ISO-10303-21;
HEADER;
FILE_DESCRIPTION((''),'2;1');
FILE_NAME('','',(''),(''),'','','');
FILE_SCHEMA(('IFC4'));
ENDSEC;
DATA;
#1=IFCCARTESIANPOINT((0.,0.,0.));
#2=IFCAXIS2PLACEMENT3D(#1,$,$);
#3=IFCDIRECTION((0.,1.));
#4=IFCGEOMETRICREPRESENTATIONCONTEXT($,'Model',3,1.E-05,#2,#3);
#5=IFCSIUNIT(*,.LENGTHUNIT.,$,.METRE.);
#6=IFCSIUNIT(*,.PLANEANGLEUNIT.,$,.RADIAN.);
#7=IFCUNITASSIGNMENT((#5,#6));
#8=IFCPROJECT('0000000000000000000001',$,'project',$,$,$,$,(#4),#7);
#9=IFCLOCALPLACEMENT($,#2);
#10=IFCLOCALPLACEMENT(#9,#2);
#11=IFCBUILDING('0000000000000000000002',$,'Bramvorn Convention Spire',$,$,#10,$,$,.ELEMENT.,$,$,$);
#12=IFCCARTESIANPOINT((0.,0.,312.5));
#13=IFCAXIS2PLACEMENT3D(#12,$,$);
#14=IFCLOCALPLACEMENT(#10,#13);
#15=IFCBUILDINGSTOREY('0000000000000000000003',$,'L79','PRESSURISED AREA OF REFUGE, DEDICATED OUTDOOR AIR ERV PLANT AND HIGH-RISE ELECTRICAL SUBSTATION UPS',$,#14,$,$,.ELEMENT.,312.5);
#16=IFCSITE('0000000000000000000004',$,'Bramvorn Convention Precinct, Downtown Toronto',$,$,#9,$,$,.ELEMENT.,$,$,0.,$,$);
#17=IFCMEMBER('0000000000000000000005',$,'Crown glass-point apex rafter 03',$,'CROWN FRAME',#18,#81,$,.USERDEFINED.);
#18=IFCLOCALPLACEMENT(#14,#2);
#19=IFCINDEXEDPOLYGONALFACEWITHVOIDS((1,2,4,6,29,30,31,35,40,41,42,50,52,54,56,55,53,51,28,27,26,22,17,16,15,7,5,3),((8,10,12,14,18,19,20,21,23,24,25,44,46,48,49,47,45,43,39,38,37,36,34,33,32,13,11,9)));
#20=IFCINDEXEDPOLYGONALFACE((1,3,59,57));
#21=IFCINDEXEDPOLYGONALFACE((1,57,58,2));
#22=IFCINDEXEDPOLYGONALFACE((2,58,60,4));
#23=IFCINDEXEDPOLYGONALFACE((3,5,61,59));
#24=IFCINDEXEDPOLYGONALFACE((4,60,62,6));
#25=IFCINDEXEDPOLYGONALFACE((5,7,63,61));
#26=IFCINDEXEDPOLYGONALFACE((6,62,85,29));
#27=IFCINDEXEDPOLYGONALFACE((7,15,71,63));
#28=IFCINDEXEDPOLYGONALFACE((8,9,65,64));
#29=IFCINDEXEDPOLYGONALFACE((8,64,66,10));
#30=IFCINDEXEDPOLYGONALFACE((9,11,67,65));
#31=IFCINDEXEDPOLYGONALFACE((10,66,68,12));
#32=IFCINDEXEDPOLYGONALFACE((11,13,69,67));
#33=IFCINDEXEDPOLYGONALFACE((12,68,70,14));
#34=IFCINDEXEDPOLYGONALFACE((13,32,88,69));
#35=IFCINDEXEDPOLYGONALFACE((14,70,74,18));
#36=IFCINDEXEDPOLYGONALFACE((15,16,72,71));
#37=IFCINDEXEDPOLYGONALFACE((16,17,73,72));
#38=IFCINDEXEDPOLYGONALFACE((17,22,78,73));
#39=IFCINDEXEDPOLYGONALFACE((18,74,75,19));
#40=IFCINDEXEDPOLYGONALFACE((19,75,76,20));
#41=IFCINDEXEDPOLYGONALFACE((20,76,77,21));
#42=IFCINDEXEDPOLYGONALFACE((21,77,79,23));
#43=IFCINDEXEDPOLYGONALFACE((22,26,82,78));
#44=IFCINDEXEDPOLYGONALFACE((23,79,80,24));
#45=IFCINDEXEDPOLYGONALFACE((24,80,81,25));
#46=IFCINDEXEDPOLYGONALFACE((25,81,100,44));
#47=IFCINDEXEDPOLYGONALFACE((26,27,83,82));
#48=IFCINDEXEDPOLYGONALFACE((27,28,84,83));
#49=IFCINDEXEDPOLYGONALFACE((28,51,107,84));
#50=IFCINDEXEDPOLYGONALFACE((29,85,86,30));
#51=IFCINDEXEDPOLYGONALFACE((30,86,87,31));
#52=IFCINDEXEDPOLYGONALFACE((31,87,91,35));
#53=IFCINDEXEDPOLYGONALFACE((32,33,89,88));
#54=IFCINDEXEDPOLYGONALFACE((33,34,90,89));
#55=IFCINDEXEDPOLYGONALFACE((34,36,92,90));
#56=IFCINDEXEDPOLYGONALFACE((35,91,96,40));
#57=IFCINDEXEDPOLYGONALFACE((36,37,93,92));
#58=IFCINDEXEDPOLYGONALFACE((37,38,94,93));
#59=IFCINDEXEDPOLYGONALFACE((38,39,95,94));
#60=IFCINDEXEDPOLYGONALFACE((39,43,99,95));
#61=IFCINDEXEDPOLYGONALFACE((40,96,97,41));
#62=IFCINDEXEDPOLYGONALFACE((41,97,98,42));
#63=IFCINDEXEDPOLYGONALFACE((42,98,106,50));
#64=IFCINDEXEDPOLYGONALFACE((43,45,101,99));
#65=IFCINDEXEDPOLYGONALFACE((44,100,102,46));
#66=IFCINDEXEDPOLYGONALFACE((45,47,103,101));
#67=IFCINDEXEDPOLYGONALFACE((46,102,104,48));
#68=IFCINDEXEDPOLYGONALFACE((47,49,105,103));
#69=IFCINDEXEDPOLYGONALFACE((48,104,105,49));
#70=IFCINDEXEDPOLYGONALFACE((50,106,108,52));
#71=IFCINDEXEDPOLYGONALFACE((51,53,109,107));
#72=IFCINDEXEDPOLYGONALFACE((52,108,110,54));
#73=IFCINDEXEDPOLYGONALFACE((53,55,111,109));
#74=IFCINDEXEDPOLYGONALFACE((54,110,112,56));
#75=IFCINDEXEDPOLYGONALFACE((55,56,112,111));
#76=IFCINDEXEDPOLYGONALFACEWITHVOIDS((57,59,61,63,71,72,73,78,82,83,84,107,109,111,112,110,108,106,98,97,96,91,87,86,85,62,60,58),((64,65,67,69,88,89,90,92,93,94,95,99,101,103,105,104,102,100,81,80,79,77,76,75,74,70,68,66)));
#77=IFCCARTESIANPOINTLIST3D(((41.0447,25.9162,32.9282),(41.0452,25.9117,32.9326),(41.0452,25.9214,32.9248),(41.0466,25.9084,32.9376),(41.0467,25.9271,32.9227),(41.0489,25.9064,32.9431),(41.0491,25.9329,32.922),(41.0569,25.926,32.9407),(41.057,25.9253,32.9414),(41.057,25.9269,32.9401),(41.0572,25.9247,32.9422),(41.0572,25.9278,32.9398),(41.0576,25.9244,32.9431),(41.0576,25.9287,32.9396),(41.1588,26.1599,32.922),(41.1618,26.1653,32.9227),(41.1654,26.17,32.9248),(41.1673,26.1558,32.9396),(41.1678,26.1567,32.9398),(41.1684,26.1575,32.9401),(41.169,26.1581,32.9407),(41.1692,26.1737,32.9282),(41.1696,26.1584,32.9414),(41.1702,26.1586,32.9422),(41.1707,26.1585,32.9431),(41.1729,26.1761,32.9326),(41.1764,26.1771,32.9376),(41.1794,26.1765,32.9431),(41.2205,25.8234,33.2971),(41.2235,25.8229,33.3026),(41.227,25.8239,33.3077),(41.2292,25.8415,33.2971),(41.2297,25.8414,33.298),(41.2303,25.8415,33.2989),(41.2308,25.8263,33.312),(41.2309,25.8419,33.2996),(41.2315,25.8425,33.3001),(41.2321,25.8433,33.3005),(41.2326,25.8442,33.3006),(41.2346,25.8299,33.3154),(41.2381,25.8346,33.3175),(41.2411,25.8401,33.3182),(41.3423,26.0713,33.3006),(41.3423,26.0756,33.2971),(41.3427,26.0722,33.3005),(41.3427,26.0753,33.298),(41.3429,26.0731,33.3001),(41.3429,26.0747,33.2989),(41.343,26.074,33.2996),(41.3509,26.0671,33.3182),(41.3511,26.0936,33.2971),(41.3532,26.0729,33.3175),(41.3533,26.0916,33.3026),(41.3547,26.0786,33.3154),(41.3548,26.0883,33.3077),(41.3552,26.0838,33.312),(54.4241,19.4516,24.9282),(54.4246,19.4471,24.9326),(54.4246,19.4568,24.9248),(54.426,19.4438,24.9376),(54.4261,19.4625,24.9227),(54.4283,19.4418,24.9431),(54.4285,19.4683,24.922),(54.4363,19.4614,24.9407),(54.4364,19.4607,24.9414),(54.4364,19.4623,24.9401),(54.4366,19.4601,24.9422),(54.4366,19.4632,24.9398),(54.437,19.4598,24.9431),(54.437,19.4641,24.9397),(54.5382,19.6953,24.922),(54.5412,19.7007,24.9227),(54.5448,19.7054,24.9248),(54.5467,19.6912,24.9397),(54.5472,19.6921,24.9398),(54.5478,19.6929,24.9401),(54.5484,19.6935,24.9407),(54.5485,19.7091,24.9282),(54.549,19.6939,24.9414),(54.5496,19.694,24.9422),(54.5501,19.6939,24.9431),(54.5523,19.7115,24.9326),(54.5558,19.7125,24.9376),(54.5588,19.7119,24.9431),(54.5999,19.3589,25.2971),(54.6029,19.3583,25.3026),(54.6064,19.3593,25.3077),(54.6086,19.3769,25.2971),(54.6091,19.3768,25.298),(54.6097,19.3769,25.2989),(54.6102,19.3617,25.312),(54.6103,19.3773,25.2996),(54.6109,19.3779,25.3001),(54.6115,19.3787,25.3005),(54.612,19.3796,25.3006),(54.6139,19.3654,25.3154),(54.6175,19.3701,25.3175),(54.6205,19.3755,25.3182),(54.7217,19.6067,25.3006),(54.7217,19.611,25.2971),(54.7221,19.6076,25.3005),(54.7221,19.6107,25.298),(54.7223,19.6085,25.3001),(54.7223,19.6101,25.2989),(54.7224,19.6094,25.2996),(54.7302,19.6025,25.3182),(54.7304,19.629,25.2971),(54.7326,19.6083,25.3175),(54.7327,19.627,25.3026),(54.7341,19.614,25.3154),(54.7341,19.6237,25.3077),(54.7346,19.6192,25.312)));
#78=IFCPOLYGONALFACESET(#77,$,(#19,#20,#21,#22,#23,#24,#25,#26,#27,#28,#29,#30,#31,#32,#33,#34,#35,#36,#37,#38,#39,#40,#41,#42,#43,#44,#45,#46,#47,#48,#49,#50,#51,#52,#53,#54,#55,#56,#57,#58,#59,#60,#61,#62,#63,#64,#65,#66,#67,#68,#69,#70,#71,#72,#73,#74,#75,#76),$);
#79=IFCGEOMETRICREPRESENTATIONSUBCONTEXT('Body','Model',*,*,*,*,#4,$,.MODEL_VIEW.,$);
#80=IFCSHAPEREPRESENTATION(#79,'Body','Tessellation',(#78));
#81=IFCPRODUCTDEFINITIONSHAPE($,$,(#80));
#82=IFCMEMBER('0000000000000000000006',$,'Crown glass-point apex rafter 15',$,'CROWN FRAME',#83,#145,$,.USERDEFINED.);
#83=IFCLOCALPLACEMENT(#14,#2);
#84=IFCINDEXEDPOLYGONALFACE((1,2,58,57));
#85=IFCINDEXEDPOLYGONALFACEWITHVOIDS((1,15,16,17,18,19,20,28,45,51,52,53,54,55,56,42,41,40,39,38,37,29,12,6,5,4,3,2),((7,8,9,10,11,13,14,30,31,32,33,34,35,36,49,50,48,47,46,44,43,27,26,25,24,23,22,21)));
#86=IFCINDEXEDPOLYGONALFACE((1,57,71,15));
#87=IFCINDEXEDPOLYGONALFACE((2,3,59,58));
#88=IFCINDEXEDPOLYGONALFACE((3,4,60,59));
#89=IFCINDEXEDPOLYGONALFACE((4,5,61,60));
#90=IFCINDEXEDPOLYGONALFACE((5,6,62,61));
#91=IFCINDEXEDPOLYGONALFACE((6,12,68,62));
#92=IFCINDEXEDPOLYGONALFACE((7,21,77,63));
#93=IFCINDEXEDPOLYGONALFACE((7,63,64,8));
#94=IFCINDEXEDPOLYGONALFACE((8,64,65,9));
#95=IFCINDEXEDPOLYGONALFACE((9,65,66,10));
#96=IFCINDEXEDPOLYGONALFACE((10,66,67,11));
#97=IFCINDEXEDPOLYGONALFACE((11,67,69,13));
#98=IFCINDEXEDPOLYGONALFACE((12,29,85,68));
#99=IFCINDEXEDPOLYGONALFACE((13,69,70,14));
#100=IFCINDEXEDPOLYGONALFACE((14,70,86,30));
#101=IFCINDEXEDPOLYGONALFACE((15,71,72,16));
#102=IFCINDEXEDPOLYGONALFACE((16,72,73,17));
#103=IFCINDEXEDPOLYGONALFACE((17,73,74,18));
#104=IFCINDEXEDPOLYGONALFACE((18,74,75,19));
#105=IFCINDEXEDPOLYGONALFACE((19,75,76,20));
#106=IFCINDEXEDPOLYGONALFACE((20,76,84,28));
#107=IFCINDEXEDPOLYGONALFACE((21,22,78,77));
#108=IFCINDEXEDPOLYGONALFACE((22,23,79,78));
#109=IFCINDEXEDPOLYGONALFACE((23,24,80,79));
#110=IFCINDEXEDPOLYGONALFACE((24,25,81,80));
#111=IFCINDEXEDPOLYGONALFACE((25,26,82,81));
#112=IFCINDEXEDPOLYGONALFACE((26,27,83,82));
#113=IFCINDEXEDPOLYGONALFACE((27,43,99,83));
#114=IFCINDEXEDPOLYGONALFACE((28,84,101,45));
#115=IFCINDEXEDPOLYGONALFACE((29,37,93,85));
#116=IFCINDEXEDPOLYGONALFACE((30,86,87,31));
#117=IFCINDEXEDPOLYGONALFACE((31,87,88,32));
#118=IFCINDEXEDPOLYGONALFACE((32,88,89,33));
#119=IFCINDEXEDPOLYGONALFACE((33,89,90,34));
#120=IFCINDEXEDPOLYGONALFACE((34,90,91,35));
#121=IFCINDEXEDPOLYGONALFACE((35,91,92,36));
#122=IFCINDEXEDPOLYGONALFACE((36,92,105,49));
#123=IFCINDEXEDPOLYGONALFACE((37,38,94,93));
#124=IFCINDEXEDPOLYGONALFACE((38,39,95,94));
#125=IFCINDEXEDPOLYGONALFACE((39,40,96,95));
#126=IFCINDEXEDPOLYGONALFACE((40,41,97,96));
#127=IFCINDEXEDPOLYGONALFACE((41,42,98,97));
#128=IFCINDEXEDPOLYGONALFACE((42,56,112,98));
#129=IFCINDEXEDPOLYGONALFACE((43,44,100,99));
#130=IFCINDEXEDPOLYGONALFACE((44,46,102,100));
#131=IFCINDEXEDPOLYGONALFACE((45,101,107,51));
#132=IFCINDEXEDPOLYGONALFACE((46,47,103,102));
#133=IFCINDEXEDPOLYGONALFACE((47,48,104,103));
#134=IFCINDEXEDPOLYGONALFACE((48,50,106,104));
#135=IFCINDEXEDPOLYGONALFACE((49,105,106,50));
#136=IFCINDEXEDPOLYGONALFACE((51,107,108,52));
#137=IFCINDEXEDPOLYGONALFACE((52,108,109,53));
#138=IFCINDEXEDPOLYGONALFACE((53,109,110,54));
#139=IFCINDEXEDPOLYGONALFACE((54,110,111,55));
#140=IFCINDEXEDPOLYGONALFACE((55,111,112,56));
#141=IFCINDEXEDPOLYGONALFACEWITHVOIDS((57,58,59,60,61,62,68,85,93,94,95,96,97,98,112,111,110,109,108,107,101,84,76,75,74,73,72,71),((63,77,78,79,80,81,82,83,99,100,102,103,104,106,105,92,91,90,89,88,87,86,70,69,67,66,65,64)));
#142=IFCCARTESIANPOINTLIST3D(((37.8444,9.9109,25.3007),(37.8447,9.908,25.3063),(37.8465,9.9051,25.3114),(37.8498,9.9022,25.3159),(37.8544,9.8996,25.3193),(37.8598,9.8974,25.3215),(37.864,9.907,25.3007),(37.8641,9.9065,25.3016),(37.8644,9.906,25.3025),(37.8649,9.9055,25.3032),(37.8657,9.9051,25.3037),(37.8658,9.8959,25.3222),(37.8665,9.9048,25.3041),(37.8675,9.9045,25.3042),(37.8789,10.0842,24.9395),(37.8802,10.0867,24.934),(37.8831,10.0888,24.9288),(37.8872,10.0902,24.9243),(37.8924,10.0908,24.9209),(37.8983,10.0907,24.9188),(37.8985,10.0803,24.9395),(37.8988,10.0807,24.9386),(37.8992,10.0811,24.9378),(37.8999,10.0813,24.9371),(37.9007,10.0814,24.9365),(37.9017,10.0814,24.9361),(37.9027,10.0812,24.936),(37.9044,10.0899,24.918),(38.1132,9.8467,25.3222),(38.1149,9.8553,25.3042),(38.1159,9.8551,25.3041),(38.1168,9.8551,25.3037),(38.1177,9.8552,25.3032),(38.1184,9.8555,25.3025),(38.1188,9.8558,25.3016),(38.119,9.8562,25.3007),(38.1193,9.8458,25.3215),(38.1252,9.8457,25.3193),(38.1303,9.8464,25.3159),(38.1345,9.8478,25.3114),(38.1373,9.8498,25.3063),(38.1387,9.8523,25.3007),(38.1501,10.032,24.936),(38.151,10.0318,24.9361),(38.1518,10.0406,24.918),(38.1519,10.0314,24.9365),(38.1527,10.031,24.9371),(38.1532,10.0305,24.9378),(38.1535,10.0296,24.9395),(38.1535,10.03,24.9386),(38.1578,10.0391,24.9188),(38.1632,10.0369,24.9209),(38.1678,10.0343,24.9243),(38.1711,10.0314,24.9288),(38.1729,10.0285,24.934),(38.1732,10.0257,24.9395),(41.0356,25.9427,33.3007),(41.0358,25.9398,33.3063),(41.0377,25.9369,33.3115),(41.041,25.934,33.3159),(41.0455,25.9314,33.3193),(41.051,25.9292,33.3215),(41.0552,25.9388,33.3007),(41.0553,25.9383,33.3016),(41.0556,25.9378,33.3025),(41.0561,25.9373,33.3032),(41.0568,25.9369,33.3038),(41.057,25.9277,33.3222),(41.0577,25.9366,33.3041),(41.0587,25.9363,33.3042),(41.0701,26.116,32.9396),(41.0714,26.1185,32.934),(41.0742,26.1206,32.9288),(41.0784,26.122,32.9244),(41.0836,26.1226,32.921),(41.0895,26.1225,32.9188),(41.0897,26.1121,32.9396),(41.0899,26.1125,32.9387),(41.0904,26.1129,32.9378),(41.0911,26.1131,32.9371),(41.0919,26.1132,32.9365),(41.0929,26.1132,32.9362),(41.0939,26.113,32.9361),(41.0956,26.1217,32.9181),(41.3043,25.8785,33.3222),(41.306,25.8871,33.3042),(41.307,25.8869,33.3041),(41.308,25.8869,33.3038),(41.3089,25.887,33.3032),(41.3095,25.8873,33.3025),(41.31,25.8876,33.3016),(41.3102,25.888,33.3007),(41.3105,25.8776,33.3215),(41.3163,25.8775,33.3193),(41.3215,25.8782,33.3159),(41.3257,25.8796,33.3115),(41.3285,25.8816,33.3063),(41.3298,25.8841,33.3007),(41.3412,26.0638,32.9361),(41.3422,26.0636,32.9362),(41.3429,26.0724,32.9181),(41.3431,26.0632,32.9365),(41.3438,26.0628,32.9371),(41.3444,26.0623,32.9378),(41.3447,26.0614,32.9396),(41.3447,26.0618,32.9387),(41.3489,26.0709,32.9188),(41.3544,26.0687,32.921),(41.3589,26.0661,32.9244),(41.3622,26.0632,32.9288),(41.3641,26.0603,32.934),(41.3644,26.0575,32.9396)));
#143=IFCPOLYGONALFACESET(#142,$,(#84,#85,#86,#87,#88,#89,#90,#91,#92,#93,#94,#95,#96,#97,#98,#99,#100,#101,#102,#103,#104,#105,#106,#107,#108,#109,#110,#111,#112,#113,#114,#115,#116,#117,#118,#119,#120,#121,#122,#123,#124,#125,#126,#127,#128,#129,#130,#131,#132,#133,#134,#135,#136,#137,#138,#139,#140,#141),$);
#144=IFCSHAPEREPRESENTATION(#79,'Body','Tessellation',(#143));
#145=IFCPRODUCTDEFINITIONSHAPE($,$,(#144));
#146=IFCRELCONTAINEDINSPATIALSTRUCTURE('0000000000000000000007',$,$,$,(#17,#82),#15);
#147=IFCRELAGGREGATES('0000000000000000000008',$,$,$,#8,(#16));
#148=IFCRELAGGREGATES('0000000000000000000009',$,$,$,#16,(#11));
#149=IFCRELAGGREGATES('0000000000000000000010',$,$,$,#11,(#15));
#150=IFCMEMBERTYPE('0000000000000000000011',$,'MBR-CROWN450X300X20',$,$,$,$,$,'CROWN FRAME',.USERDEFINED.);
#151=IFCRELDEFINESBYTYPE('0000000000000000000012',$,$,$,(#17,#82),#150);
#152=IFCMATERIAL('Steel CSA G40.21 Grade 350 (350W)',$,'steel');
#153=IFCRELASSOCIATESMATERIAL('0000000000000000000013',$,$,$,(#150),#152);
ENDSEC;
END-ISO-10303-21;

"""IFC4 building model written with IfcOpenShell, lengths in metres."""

from ifc_helpers import new_model, si_unit, direction, frame, origin, origin_2d, place, context, subcontext, project, spatial, hollow_rectangle, extrude, material, material_profile, profile_set, type_object, element, save


model = new_model("IFC4")

# Units and contexts
model_context = context("Model", 3, precision=1e-05, world=origin(), true_north=direction((0.0, 1.0)))
body_context = subcontext(model_context, "Body", "Model", "MODEL_VIEW")
ifc_project = project(units=[si_unit("LENGTHUNIT", "METRE"), si_unit("PLANEANGLEUNIT", "RADIAN")], contexts=[model_context])

# Site, building, storey
site_placement = place(None, origin())
site = spatial("IfcSite", under=ifc_project, at=site_placement, Name="Bramvorn Convention Precinct, Downtown Toronto", CompositionType="ELEMENT", RefElevation=0.0)
building_placement = place(site_placement, origin())
building = spatial("IfcBuilding", under=site, at=building_placement, Name="Bramvorn Convention Spire", CompositionType="ELEMENT")
storey_placement = place(building_placement, frame((0.0, 0.0, 312.5)))
storey = spatial("IfcBuildingStorey", under=building, at=storey_placement, Name="L79", Description="PRESSURISED AREA OF REFUGE, DEDICATED OUTDOOR AIR ERV PLANT AND HIGH-RISE ELECTRICAL SUBSTATION UPS", CompositionType="ELEMENT", Elevation=312.5)

# Members
ifc_material_1 = material(Name="Steel CSA G40.21 Grade 350 (350W)", Category="steel")
ifc_material_profile = material_profile(ifc_material_1, hollow_rectangle(XDim=0.3, YDim=0.45, WallThickness=0.02, InnerFilletRadius=0.0039, OuterFilletRadius=0.0239, at=origin_2d()))
ifc_profile_set = profile_set([ifc_material_profile], Name="Steel CSA G40.21 Grade 350 (350W) - CROWN450X300X20")
member_type = type_object("IfcMemberType", Name="MBR-CROWN450X300X20", ElementType="CROWN FRAME", PredefinedType="USERDEFINED", material=ifc_profile_set)
member_1_placement = place(storey_placement, frame((54.5793, 19.5354, 25.1201), z_axis=(-0.792806, 0.383065, 0.474046), x_axis=(-0.435054, -0.900405, 0.0)))
element("IfcMember", 1, at=member_1_placement, inside=storey, type_object=member_type, Name="Crown glass-point apex rafter 03", ObjectType="CROWN FRAME", PredefinedType="USERDEFINED", context=body_context, shape_type="SweptSolid", body=[
    extrude(hollow_rectangle(XDim=0.3, YDim=0.45, WallThickness=0.02, InnerFilletRadius=0.0039, OuterFilletRadius=0.0239, at=origin_2d()), origin(), (0.0, 0.0, 1.0), 16.876),
])
member_2_placement = place(storey_placement, frame((38.0088, 9.9683, 25.1201), z_axis=(0.175349, 0.880918, 0.439587), x_axis=(-0.980759, 0.195223, 0.0)))
element("IfcMember", 2, at=member_2_placement, inside=storey, type_object=member_type, Name="Crown glass-point apex rafter 15", ObjectType="CROWN FRAME", PredefinedType="USERDEFINED", context=body_context, shape_type="SweptSolid", body=[
    extrude(hollow_rectangle(XDim=0.3, YDim=0.45, WallThickness=0.02, InnerFilletRadius=0.0039, OuterFilletRadius=0.0239, at=origin_2d()), origin(), (0.0, 0.0, 1.0), 18.199),
])

save(model, "model.ifc")
